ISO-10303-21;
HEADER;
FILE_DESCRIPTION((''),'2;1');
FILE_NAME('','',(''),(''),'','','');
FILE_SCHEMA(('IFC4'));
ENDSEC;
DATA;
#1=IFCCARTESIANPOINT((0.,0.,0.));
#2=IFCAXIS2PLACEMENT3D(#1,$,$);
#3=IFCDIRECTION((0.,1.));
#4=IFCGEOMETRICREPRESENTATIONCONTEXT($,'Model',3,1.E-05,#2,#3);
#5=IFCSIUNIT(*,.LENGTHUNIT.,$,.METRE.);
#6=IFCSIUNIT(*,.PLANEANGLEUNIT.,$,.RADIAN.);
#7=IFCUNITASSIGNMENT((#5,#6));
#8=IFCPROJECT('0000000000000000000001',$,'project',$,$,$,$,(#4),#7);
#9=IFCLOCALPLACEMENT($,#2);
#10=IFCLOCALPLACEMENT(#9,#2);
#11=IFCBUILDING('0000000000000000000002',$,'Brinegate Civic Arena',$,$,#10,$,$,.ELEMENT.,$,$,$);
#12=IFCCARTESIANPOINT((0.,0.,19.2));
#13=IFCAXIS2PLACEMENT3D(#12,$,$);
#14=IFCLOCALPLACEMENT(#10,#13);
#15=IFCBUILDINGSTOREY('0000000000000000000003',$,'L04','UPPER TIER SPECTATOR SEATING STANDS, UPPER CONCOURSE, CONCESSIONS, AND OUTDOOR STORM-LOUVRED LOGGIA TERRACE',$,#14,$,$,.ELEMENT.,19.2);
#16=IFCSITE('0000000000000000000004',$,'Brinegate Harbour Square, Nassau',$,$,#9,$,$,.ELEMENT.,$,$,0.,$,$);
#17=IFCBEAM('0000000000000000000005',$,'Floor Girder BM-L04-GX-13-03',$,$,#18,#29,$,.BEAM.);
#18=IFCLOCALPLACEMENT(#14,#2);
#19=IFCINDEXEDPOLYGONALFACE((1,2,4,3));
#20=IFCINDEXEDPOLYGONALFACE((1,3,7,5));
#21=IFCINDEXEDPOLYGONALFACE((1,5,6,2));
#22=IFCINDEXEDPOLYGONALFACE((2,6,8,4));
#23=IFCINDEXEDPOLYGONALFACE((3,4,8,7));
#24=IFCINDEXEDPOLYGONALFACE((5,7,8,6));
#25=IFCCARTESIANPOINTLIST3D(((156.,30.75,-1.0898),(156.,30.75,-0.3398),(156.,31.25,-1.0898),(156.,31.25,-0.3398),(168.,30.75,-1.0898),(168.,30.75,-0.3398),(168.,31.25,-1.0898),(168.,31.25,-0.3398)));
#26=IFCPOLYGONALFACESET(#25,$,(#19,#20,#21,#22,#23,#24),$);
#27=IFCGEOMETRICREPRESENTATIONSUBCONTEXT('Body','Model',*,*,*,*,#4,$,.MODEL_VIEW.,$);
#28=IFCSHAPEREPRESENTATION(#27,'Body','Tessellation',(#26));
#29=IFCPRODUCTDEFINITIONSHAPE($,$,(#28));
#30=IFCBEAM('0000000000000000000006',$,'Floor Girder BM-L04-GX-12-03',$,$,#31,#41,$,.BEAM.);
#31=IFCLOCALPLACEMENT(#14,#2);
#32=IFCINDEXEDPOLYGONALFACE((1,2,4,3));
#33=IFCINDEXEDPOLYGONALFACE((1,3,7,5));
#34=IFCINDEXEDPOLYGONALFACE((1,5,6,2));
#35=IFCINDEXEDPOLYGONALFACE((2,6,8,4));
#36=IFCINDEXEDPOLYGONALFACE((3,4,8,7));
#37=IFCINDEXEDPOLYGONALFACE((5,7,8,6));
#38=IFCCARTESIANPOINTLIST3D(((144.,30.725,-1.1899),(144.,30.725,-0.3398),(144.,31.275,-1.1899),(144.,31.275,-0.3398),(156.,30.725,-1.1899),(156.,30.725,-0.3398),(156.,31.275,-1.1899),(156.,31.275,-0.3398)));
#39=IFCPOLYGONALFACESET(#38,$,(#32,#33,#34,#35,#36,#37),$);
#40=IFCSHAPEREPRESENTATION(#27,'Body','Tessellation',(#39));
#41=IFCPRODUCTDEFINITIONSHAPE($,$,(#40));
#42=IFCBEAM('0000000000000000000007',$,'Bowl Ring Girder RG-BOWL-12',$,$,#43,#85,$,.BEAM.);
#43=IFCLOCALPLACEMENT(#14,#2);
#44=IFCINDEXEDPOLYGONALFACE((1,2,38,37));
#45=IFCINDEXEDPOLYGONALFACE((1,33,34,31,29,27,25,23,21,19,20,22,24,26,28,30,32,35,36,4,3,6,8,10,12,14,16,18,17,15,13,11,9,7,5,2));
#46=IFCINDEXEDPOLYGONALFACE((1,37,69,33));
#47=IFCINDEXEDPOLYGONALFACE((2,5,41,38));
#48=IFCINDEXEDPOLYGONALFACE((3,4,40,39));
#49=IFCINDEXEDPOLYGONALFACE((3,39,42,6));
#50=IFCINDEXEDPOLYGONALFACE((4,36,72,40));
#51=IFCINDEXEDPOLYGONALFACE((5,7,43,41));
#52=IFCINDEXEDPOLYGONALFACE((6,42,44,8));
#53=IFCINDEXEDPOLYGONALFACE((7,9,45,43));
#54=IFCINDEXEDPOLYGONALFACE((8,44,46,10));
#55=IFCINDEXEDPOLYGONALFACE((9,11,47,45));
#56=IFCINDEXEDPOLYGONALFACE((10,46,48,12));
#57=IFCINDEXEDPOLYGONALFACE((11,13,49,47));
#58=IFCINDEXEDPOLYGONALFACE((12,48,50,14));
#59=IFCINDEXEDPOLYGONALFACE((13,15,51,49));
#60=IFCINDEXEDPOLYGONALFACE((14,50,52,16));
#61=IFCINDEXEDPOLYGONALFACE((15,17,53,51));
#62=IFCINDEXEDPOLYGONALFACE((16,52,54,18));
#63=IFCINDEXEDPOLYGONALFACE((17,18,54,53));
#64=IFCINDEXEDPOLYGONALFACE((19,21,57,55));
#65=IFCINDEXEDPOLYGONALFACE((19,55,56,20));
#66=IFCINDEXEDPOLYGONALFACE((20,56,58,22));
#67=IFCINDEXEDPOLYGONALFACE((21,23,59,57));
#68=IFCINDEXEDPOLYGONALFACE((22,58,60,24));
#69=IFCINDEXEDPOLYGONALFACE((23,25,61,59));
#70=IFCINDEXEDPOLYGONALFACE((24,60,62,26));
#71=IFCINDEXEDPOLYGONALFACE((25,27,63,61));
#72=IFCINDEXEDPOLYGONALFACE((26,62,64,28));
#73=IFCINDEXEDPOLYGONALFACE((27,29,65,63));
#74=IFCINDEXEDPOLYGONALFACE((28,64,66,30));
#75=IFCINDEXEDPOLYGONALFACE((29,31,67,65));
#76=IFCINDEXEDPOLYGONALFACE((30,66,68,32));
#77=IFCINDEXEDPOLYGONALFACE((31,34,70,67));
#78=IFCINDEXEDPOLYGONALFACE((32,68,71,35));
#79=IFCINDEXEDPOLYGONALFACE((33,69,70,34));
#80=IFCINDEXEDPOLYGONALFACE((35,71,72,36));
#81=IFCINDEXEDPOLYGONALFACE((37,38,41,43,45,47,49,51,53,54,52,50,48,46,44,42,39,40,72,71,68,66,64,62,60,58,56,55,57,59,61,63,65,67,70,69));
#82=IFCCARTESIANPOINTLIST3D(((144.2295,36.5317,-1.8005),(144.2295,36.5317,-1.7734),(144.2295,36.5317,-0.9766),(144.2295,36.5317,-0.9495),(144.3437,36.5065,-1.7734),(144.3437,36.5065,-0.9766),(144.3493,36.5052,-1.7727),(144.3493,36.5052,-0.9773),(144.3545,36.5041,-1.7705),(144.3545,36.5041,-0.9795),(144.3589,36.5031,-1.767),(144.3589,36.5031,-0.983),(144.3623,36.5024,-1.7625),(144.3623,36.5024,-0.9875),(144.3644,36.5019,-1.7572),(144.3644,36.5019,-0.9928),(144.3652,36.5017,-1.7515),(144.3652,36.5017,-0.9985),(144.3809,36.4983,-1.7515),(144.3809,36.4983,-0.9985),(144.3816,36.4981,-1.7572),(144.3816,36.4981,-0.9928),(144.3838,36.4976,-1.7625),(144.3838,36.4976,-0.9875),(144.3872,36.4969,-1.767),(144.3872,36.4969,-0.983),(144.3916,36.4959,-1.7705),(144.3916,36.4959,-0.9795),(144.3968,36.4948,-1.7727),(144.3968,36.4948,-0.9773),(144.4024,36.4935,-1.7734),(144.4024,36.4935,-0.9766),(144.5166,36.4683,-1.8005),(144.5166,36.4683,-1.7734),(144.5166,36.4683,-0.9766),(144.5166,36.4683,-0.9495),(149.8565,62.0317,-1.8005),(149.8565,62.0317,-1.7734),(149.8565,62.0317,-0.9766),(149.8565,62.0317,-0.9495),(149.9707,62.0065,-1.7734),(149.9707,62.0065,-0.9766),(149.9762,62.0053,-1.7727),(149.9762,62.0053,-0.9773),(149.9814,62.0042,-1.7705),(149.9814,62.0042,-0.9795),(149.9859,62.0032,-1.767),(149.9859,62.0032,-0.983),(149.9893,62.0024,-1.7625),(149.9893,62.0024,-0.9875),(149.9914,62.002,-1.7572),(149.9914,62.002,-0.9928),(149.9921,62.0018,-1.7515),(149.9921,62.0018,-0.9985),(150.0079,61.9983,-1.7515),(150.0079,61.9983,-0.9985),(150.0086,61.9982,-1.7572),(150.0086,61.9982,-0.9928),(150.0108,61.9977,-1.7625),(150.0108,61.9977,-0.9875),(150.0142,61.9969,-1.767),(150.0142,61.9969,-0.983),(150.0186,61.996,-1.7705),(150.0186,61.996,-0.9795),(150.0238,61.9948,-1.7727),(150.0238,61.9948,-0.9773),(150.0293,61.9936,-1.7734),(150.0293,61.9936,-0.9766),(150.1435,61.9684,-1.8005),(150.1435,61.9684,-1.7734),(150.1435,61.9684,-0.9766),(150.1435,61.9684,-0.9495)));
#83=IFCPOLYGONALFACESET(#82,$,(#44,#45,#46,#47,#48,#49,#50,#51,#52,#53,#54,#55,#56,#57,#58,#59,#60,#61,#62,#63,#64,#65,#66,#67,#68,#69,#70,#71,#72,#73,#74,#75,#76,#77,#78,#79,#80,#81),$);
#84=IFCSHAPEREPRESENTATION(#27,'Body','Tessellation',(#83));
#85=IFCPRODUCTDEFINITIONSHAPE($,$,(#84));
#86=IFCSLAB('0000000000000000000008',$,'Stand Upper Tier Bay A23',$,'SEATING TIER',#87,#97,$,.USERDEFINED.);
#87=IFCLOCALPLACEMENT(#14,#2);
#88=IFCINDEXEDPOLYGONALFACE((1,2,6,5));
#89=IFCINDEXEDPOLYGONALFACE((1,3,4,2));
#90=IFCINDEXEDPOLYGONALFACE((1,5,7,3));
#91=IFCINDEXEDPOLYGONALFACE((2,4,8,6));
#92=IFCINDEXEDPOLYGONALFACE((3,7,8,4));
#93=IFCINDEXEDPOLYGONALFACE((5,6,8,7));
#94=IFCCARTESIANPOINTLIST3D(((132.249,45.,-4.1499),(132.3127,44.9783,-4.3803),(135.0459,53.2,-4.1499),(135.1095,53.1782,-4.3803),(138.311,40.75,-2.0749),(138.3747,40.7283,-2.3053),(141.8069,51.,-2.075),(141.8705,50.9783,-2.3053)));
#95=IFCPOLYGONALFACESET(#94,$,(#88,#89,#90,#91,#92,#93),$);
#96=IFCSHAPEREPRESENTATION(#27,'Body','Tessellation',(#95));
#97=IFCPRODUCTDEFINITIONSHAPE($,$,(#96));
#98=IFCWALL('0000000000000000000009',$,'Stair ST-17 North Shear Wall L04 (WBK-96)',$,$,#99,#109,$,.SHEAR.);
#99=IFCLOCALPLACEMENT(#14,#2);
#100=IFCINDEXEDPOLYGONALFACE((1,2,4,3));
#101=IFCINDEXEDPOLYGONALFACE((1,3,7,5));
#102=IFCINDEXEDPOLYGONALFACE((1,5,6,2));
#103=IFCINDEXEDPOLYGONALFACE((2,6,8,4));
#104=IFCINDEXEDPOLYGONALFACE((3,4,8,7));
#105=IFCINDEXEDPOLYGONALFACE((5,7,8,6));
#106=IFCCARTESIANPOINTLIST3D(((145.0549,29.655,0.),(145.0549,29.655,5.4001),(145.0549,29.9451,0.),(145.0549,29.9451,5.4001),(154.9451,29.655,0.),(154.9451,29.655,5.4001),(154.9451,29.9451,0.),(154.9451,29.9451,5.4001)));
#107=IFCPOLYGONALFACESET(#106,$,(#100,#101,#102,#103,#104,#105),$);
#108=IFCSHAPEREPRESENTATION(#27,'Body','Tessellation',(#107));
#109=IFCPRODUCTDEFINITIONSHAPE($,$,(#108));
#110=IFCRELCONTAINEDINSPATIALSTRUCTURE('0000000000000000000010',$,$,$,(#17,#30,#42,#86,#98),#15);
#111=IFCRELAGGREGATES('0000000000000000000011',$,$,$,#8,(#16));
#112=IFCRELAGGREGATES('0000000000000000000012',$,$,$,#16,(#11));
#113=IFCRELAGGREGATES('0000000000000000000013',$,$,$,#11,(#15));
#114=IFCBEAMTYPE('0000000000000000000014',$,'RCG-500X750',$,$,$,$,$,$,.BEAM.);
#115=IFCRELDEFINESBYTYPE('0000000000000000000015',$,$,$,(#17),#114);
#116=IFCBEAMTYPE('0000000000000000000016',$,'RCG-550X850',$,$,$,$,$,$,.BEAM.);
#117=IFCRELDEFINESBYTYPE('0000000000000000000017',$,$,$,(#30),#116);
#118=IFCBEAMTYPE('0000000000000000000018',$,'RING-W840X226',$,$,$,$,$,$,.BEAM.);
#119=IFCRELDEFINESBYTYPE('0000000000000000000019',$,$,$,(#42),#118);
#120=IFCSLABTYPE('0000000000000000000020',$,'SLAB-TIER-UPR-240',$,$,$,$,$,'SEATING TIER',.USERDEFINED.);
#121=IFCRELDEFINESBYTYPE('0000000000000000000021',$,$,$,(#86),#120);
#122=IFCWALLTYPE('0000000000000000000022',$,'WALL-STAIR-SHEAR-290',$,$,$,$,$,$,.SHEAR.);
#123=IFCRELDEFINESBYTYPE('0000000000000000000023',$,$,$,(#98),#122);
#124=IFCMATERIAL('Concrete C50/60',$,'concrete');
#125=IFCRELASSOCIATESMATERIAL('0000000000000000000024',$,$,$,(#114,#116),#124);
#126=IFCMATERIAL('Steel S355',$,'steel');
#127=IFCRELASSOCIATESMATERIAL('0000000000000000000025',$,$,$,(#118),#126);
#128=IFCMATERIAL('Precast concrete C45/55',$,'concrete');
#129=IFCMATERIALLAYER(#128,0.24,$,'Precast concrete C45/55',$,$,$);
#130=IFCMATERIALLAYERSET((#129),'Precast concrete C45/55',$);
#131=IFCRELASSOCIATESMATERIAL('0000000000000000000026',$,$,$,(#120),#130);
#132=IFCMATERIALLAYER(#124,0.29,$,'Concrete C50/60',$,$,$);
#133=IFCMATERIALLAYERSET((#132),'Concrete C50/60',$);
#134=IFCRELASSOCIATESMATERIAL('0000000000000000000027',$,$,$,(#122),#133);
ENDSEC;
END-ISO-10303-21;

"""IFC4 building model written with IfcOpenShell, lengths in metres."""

from ifc_helpers import new_model, si_unit, direction, frame, frame_2d, origin, origin_2d, place, context, subcontext, project, spatial, polyline, rectangle, i_section, outline, extrude, material, layer, layer_set, material_profile, profile_set, type_object, element, save


model = new_model("IFC4")

# Units and contexts
model_context = context("Model", 3, precision=1e-05, world=origin(), true_north=direction((0.0, 1.0)))
body_context = subcontext(model_context, "Body", "Model", "MODEL_VIEW")
ifc_project = project(units=[si_unit("LENGTHUNIT", "METRE"), si_unit("PLANEANGLEUNIT", "RADIAN")], contexts=[model_context])

# Site, building, storey
site_placement = place(None, origin())
site = spatial("IfcSite", under=ifc_project, at=site_placement, Name="Brinegate Harbour Square, Nassau", CompositionType="ELEMENT", RefElevation=0.0)
building_placement = place(site_placement, origin())
building = spatial("IfcBuilding", under=site, at=building_placement, Name="Brinegate Civic Arena", CompositionType="ELEMENT")
storey_placement = place(building_placement, frame((0.0, 0.0, 19.2)))
storey = spatial("IfcBuildingStorey", under=building, at=storey_placement, Name="L04", Description="UPPER TIER SPECTATOR SEATING STANDS, UPPER CONCOURSE, CONCESSIONS, AND OUTDOOR STORM-LOUVRED LOGGIA TERRACE", CompositionType="ELEMENT", Elevation=19.2)

# Shared definitions
ifc_material_1 = material(Name="Steel S355", Category="steel")

# Beams
ifc_material_2 = material(Name="Concrete C50/60", Category="concrete")
ifc_material_profile_1 = material_profile(ifc_material_2, rectangle(XDim=0.5, YDim=0.75, at=origin_2d()), Name="RCB500X750")
ifc_profile_set_1 = profile_set([ifc_material_profile_1], Name="Concrete C50/60")
beam_type_1 = type_object("IfcBeamType", Name="RCG-500X750", PredefinedType="BEAM", material=ifc_profile_set_1)
beam_1_placement = place(storey_placement, frame((156.0, 31.0, -0.7148), z_axis=(1.0, 0.0, 0.0), x_axis=(0.0, 1.0, 0.0)))
element("IfcBeam", 1, at=beam_1_placement, inside=storey, type_object=beam_type_1, Name="Floor Girder BM-L04-GX-13-03", PredefinedType="BEAM", context=body_context, shape_type="SweptSolid", body=[
    extrude(rectangle(XDim=0.5, YDim=0.75, at=origin_2d()), origin(), (0.0, 0.0, 1.0), 12.0),
])
ifc_material_profile_2 = material_profile(ifc_material_2, rectangle(XDim=0.55, YDim=0.8501, at=origin_2d()), Name="RCB550X850")
ifc_profile_set_2 = profile_set([ifc_material_profile_2], Name="Concrete C50/60")
beam_type_2 = type_object("IfcBeamType", Name="RCG-550X850", PredefinedType="BEAM", material=ifc_profile_set_2)
beam_2_placement = place(storey_placement, frame((144.0, 31.0, -0.7649), z_axis=(1.0, 0.0, 0.0), x_axis=(0.0, 1.0, 0.0)))
element("IfcBeam", 2, at=beam_2_placement, inside=storey, type_object=beam_type_2, Name="Floor Girder BM-L04-GX-12-03", PredefinedType="BEAM", context=body_context, shape_type="SweptSolid", body=[
    extrude(rectangle(XDim=0.55, YDim=0.8501, at=origin_2d()), origin(), (0.0, 0.0, 1.0), 12.0),
])
ifc_material_profile_3 = material_profile(ifc_material_1, i_section(OverallWidth=0.2939, OverallDepth=0.8511, WebThickness=0.0161, FlangeThickness=0.0271, FilletRadius=0.022, at=origin_2d()), Name="W840X226")
ifc_profile_set_3 = profile_set([ifc_material_profile_3], Name="Steel S355")
beam_type_3 = type_object("IfcBeamType", Name="RING-W840X226", PredefinedType="BEAM", material=ifc_profile_set_3)
beam_3_placement = place(storey_placement, frame((144.373, 36.5, -1.375), z_axis=(0.215481, 0.976508, 0.0), x_axis=(-0.976508, 0.215481, 0.0)))
element("IfcBeam", 3, at=beam_3_placement, inside=storey, type_object=beam_type_3, Name="Bowl Ring Girder RG-BOWL-12", PredefinedType="BEAM", context=body_context, shape_type="SweptSolid", body=[
    extrude(i_section(OverallWidth=0.2939, OverallDepth=0.8511, WebThickness=0.0161, FlangeThickness=0.0271, FilletRadius=0.022, at=origin_2d()), origin(), (0.0, 0.0, 1.0), 26.1135),
])

# Slab
ifc_material_3 = material(Name="Precast concrete C45/55", Category="concrete")
ifc_layer_1 = layer(ifc_material_3, 0.24, Name="Precast concrete C45/55")
ifc_layer_set_1 = layer_set([ifc_layer_1], Name="Precast concrete C45/55")
slab_type = type_object("IfcSlabType", Name="SLAB-TIER-UPR-240", ElementType="SEATING TIER", PredefinedType="USERDEFINED", material=ifc_layer_set_1)
slab_1_placement = place(storey_placement, frame((132.249, 45.0, -4.1499), z_axis=(-0.265175, 0.090443, 0.959949), x_axis=(0.322822, 0.94646, 0.000003)))
element("IfcSlab", 4, at=slab_1_placement, inside=storey, type_object=slab_type, Name="Stand Upper Tier Bay A23", ObjectType="SEATING TIER", PredefinedType="USERDEFINED", context=body_context, shape_type="SweptSolid", body=[
    extrude(outline(polyline([(0.0, 0.0), (8.6638, 0.0), (8.7643, -7.4058), (-2.0655, -7.4061), (0.0, 0.0)])), origin(), (0.0, 0.0, -1.0), 0.24),
])

# Wall
ifc_layer_2 = layer(ifc_material_2, 0.29, Name="Concrete C50/60")
ifc_layer_set_2 = layer_set([ifc_layer_2], Name="Concrete C50/60")
wall_type = type_object("IfcWallType", Name="WALL-STAIR-SHEAR-290", PredefinedType="SHEAR", material=ifc_layer_set_2)
wall_placement = place(storey_placement, frame((145.0549, 29.8, 0.0), z_axis=(0.0, 0.0, 1.0), x_axis=(1.0, 0.0, 0.0)))
element("IfcWall", 5, at=wall_placement, inside=storey, type_object=wall_type, Name="Stair ST-17 North Shear Wall L04 (WBK-96)", PredefinedType="SHEAR", context=body_context, shape_type="SweptSolid", body=[
    extrude(rectangle(XDim=9.8901, YDim=0.29, at=frame_2d((4.9451, 0.0))), origin(), (0.0, 0.0, 1.0), 5.4001),
])

save(model, "model.ifc")
